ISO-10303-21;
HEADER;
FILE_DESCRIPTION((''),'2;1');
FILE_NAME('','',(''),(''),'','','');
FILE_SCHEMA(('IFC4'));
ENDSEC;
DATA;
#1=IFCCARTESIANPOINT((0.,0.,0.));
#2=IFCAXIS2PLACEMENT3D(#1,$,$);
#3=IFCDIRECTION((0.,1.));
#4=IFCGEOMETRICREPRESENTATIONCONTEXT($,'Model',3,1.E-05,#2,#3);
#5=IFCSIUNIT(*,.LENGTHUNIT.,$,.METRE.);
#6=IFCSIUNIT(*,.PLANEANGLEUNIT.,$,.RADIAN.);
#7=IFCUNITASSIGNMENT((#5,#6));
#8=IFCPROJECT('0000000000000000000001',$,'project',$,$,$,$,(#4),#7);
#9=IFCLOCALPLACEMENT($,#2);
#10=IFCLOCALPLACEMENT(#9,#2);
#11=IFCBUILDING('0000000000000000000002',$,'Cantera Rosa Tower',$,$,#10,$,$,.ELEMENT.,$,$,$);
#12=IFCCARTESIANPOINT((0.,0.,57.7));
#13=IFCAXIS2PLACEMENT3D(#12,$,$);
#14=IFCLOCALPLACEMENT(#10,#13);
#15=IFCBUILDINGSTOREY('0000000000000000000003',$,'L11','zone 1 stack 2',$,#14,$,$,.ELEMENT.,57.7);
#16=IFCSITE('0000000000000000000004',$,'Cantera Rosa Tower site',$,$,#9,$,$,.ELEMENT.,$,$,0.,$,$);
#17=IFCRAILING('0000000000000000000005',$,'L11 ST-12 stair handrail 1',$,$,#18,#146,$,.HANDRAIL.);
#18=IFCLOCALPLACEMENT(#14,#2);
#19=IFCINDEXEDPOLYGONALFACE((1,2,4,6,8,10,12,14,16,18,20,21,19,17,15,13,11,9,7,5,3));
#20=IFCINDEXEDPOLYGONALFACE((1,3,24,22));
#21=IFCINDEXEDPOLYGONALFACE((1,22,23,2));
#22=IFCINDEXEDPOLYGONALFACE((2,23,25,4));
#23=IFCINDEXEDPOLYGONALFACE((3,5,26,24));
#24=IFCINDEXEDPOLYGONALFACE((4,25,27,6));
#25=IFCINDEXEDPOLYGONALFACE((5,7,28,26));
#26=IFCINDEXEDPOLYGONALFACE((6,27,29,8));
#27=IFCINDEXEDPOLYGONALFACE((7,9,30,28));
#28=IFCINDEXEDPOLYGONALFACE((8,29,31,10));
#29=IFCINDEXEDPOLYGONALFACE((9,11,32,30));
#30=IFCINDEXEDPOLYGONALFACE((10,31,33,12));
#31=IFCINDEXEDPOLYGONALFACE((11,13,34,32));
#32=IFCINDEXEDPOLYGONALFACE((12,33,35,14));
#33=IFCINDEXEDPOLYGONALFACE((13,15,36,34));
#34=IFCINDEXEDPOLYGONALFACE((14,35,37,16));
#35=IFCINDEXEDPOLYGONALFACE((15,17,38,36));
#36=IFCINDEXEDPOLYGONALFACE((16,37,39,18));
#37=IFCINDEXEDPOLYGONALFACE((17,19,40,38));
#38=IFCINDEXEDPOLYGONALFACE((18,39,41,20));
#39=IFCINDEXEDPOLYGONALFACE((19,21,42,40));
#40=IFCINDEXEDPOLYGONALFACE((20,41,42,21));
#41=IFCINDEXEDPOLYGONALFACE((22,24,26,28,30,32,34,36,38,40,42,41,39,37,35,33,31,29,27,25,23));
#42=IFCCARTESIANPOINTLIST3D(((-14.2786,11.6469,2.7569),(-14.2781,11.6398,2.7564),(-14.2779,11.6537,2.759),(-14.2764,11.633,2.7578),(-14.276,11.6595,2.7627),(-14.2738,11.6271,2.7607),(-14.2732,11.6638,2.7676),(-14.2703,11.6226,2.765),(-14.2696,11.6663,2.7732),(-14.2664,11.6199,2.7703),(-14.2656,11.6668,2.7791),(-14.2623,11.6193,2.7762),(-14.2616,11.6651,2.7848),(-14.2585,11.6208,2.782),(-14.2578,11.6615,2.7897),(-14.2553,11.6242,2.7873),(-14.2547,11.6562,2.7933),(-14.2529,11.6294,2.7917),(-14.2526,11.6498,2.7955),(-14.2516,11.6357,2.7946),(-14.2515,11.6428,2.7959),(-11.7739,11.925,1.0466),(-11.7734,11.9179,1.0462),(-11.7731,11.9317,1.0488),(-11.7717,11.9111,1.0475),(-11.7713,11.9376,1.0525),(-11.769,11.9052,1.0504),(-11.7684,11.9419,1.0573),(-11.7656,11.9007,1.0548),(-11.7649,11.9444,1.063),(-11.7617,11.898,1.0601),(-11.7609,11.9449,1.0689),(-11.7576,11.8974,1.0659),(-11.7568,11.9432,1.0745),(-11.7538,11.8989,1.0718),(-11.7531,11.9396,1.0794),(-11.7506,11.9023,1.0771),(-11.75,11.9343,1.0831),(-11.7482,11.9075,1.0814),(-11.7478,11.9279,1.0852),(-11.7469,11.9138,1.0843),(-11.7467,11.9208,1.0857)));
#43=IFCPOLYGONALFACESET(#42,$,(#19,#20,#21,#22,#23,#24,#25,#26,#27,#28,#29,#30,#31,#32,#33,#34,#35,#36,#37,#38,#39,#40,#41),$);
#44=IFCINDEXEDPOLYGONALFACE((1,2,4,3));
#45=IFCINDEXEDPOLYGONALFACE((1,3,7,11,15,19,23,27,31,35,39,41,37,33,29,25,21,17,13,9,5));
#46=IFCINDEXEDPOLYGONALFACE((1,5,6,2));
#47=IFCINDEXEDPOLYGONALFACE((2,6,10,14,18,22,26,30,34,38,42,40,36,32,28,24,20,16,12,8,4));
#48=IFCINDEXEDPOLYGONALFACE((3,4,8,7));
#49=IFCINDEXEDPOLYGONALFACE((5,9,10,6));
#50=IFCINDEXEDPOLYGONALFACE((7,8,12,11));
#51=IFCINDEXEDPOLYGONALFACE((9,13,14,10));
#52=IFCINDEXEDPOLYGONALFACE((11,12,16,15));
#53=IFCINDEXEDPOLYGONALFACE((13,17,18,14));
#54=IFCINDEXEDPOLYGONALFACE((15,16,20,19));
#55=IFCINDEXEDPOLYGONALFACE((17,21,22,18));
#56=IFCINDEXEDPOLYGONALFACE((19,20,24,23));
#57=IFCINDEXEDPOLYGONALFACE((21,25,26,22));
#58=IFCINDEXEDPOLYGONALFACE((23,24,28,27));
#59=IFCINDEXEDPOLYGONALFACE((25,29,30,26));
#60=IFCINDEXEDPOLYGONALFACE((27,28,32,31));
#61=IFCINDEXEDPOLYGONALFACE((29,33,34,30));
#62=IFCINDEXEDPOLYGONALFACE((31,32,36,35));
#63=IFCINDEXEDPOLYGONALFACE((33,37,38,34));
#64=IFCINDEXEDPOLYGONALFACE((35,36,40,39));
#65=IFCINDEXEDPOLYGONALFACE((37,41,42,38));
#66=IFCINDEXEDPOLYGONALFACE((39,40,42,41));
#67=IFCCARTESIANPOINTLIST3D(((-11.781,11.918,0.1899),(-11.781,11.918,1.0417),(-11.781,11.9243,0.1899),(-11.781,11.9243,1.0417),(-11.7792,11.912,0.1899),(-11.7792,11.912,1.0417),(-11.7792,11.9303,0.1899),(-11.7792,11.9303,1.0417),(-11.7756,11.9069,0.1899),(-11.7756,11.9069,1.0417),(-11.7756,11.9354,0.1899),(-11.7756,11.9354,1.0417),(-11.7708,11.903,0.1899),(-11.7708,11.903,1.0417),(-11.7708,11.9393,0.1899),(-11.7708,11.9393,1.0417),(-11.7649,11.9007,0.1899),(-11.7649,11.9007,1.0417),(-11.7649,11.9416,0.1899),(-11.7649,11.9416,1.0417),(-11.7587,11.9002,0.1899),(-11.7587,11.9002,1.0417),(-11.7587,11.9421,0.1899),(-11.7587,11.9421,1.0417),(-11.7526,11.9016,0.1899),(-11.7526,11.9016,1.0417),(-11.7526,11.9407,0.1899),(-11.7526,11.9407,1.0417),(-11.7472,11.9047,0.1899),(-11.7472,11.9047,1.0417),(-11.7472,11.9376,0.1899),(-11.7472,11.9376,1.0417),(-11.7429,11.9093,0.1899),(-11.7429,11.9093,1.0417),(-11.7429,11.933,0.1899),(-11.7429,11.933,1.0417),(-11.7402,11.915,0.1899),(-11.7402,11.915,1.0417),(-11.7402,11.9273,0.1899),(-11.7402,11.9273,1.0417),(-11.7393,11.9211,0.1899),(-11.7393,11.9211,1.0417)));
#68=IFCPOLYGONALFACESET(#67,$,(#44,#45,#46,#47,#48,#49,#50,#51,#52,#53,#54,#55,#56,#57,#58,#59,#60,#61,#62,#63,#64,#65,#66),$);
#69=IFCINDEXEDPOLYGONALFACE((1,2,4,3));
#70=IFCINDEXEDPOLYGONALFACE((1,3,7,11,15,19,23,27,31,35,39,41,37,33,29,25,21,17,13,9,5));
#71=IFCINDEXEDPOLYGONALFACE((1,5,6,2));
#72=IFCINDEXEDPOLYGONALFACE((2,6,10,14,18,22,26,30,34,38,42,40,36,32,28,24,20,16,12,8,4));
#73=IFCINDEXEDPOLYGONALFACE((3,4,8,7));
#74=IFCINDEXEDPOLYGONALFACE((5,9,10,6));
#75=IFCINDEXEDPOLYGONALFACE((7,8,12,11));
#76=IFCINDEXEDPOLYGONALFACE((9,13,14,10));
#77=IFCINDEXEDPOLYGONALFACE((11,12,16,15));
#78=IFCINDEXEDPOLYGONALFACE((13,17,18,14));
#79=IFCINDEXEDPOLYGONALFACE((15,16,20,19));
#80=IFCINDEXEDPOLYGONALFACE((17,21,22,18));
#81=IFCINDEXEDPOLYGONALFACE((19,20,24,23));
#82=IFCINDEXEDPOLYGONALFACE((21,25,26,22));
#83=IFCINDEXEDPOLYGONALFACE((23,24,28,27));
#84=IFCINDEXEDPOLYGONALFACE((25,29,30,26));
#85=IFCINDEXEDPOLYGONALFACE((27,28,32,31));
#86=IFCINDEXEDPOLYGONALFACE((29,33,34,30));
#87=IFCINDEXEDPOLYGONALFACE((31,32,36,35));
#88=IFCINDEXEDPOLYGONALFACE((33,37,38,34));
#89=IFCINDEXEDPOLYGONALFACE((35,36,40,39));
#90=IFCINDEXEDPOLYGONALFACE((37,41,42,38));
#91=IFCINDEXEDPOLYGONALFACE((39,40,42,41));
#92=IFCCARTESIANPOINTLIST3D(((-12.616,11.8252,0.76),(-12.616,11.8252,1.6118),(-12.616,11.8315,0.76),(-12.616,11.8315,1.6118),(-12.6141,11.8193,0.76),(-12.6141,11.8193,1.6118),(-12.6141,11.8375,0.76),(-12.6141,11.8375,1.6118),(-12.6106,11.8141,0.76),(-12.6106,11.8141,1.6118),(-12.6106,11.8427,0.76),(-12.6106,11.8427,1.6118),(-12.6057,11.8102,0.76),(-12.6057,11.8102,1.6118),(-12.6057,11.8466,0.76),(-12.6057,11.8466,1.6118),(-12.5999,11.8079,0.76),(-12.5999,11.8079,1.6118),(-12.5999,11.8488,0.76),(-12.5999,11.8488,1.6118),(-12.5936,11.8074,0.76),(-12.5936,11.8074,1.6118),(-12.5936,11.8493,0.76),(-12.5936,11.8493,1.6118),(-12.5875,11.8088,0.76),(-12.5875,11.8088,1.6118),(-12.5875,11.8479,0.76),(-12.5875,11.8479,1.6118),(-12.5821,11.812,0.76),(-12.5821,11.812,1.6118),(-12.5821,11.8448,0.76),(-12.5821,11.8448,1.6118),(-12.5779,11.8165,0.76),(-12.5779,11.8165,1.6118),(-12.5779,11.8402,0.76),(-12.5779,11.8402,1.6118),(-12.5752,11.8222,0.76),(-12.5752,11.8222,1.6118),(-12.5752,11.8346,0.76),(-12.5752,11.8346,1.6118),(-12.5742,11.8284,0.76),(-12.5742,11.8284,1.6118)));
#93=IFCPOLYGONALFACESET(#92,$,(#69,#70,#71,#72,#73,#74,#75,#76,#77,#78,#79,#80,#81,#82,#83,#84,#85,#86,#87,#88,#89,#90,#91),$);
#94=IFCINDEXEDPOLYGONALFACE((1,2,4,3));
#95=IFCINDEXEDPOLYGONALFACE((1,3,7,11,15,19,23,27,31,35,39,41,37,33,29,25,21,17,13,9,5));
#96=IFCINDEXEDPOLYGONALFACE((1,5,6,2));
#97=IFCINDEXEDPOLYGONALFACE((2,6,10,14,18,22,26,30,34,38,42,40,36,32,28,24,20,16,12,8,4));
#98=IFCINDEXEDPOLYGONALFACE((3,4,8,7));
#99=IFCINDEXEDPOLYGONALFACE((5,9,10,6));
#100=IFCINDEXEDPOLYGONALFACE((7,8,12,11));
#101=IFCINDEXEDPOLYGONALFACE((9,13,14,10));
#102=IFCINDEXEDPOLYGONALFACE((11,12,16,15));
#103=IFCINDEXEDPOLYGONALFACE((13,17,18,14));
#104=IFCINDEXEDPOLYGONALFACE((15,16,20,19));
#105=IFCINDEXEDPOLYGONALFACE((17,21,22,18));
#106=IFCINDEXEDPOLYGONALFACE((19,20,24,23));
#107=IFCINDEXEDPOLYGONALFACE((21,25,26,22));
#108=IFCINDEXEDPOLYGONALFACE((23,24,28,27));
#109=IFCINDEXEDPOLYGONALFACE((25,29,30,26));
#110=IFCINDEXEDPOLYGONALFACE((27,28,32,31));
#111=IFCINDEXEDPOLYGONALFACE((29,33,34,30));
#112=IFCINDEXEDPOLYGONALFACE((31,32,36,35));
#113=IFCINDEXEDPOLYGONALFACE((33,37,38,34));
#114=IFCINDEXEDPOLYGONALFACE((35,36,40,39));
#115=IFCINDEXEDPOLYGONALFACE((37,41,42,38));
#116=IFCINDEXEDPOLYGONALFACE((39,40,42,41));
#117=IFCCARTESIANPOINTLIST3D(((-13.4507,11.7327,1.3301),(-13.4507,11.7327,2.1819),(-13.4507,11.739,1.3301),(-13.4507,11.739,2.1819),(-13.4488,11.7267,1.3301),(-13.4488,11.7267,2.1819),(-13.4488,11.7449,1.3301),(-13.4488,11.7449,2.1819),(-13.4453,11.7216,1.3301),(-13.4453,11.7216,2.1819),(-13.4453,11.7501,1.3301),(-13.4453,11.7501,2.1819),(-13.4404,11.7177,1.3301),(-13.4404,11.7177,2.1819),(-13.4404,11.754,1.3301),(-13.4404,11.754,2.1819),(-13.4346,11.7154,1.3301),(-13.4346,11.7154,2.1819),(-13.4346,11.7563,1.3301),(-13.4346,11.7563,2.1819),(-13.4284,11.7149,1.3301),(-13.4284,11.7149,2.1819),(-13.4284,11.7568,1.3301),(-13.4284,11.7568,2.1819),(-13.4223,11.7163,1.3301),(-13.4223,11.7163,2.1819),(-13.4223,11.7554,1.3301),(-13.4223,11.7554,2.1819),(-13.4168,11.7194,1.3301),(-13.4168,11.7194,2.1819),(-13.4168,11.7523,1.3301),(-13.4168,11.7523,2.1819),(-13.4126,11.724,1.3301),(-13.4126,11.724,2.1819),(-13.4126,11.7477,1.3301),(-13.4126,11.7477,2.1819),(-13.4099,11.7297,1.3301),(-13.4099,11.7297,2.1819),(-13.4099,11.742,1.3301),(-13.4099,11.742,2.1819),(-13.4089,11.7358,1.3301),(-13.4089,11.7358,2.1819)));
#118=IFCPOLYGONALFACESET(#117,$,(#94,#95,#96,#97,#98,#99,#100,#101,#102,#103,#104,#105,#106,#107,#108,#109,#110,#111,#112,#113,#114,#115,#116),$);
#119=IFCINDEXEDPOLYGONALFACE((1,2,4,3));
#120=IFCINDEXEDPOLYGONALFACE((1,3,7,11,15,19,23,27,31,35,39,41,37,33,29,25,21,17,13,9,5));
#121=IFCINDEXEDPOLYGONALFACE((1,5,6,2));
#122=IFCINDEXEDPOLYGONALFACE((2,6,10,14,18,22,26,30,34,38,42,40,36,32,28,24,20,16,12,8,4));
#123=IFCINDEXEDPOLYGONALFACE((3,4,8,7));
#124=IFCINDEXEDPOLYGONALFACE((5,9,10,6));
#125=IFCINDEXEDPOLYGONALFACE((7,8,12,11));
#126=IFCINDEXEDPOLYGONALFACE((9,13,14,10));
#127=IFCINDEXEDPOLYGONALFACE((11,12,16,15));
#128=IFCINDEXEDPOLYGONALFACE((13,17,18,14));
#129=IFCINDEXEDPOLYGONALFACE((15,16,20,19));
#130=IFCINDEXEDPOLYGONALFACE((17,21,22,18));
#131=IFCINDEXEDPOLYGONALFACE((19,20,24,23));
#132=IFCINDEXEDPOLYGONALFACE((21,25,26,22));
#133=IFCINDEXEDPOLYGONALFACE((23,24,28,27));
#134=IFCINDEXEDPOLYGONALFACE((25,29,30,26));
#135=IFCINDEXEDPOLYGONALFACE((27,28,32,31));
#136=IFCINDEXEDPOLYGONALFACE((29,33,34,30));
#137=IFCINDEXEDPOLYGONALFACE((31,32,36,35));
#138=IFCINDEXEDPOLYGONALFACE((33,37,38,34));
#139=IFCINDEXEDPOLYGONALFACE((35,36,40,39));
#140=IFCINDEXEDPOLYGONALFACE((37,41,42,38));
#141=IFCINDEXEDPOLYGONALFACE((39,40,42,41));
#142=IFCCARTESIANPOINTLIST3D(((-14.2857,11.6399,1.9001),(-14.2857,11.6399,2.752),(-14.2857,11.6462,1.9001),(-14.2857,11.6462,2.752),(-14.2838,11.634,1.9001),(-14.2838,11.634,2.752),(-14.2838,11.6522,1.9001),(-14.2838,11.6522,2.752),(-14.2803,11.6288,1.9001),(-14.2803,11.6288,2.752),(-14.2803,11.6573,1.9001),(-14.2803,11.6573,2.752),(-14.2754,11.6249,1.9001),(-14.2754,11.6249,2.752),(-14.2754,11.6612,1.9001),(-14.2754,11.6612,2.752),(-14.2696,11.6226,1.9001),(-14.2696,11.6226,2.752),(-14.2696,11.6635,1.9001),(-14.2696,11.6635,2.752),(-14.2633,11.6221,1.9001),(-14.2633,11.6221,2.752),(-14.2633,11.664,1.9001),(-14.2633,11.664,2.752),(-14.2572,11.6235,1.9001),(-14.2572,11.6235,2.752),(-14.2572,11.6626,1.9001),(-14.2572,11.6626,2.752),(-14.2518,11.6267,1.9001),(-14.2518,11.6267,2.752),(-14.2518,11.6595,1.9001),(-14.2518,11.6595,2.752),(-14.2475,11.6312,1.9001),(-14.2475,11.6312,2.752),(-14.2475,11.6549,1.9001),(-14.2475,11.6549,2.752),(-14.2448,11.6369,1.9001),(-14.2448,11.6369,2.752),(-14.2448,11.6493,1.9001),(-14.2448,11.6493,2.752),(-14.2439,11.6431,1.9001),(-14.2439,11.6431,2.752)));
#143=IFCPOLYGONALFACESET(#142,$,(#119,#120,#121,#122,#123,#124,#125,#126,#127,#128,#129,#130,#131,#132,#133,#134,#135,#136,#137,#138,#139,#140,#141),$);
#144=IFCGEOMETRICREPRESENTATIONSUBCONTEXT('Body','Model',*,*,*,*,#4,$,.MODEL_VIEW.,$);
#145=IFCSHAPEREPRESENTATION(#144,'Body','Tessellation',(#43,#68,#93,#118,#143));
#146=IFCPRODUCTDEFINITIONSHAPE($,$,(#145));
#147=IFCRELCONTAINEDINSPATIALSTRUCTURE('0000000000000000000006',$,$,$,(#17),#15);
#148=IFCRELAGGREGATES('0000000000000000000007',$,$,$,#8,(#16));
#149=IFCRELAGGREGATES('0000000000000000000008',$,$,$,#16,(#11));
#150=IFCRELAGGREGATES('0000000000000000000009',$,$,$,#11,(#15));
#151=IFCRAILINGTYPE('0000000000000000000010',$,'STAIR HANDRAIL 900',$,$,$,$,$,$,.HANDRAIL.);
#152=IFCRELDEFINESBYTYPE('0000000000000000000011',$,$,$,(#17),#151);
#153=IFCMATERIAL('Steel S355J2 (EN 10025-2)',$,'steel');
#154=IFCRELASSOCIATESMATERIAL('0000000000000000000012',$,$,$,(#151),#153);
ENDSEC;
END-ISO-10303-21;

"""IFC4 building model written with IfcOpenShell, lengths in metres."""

from ifc_helpers import new_model, si_unit, direction, frame, origin, origin_2d, place, context, subcontext, project, spatial, circle, extrude, material, type_object, element, save


model = new_model("IFC4")

# Units and contexts
model_context = context("Model", 3, precision=1e-05, world=origin(), true_north=direction((0.0, 1.0)))
body_context = subcontext(model_context, "Body", "Model", "MODEL_VIEW")
ifc_project = project(units=[si_unit("LENGTHUNIT", "METRE"), si_unit("PLANEANGLEUNIT", "RADIAN")], contexts=[model_context])

# Site, building, storey
site_placement = place(None, origin())
site = spatial("IfcSite", under=ifc_project, at=site_placement, Name="Cantera Rosa Tower site", CompositionType="ELEMENT", RefElevation=0.0)
building_placement = place(site_placement, origin())
building = spatial("IfcBuilding", under=site, at=building_placement, Name="Cantera Rosa Tower", CompositionType="ELEMENT")
storey_placement = place(building_placement, frame((0.0, 0.0, 57.7)))
storey = spatial("IfcBuildingStorey", under=building, at=storey_placement, Name="L11", Description="zone 1 stack 2", CompositionType="ELEMENT", Elevation=57.7)

# Railing
ifc_material_1 = material(Name="Steel S355J2 (EN 10025-2)", Category="steel")
railing_type_1 = type_object("IfcRailingType", Name="STAIR HANDRAIL 900", PredefinedType="HANDRAIL", material=ifc_material_1)
railing_1_placement = place(storey_placement, frame((-11.7603, 11.9211, 0.1899)))
element("IfcRailing", 1, at=railing_1_placement, inside=storey, type_object=railing_type_1, Name="L11 ST-12 stair handrail 1", PredefinedType="HANDRAIL", context=body_context, shape_type="SweptSolid", body=[
    extrude(circle(Radius=0.0239, at=origin_2d()), frame((0.0, 0.0, 0.876), z_axis=(-0.822394, -0.091306, 0.561543), x_axis=(0.110346, -0.993893, 0.0)), (0.0, 0.0, 1.0), 3.0457),
    extrude(circle(Radius=0.021, at=origin_2d()), origin(), (0.0, 0.0, 1.0), 0.8518),
    extrude(circle(Radius=0.021, at=origin_2d()), frame((-0.835, -0.0928, 0.5701)), (0.0, 0.0, 1.0), 0.8518),
    extrude(circle(Radius=0.021, at=origin_2d()), frame((-1.6697, -0.1853, 1.1401)), (0.0, 0.0, 1.0), 0.8518),
    extrude(circle(Radius=0.021, at=origin_2d()), frame((-2.5046, -0.2781, 1.7102)), (0.0, 0.0, 1.0), 0.8518),
])

save(model, "model.ifc")
